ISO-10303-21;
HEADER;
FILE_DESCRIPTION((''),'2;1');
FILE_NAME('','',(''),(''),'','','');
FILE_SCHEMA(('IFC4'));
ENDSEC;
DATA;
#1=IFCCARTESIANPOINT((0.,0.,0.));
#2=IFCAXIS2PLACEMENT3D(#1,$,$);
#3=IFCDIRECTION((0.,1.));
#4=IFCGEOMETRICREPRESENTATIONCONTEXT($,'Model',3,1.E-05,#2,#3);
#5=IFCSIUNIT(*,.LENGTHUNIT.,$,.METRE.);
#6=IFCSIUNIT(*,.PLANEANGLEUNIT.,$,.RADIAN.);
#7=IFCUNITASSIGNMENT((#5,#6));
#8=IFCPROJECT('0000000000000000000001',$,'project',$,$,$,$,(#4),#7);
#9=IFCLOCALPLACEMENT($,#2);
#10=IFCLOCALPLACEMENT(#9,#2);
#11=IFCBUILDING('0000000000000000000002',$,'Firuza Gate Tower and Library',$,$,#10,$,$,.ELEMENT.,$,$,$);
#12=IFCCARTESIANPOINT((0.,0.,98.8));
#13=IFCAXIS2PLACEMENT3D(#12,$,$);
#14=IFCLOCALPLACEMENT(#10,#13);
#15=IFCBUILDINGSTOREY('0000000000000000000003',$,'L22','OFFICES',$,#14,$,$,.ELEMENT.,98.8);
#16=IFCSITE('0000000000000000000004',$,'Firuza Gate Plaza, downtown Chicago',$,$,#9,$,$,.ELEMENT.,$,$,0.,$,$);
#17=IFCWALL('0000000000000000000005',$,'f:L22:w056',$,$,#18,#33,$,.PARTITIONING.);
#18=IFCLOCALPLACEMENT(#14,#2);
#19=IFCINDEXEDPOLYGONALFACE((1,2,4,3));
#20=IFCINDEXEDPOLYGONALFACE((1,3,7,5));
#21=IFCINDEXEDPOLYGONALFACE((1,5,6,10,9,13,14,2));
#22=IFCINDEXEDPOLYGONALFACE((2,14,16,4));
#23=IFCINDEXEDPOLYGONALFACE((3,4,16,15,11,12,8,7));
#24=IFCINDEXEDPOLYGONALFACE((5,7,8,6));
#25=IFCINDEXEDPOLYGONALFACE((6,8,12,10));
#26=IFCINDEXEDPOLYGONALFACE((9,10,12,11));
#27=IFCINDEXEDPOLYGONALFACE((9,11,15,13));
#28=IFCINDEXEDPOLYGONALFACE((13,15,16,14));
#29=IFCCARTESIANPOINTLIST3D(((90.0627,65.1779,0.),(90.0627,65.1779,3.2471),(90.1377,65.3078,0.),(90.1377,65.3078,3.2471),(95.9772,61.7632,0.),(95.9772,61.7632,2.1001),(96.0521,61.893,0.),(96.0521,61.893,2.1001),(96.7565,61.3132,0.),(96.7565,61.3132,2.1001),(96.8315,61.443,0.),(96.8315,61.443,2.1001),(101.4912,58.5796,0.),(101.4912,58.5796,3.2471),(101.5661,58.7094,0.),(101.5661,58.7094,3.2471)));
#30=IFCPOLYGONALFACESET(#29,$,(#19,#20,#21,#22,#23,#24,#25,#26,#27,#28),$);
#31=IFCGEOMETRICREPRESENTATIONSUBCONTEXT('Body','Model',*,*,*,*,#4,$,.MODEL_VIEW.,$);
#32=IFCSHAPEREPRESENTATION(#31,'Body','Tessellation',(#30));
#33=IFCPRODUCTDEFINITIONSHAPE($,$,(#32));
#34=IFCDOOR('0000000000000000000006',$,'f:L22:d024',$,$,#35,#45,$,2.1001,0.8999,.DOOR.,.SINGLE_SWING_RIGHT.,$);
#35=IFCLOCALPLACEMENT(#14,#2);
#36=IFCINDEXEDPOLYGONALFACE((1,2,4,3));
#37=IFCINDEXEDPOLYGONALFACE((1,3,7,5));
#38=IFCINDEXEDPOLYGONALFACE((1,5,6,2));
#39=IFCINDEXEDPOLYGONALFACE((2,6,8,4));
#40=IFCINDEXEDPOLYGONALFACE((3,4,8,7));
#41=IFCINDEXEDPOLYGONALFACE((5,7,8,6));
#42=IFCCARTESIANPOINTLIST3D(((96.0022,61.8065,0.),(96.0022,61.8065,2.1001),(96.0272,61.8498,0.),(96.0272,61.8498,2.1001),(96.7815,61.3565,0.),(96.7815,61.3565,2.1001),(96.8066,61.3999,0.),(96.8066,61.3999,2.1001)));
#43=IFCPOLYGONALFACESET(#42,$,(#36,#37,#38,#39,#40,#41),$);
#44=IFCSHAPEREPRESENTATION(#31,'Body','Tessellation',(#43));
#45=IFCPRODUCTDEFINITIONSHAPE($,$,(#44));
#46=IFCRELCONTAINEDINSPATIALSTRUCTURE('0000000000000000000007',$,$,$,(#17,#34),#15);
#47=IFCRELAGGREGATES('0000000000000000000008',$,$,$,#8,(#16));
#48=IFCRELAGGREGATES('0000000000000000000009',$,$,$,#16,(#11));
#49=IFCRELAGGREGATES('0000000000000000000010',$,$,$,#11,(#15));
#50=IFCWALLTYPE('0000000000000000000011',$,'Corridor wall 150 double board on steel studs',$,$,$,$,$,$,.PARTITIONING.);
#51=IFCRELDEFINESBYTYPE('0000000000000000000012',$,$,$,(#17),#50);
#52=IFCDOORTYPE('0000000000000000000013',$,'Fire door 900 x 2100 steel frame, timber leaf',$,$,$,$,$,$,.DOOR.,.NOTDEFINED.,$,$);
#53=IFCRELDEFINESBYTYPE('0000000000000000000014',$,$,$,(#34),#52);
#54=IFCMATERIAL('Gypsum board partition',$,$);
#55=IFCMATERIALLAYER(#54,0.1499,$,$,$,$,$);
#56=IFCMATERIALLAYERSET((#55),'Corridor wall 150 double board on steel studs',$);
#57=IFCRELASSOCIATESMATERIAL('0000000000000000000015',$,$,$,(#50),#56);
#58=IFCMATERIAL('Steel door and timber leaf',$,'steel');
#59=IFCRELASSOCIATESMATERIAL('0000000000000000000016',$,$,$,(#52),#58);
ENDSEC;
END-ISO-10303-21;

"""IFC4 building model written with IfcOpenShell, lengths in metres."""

from ifc_helpers import new_model, si_unit, direction, frame, frame_2d, origin, place, context, subcontext, project, spatial, rectangle, extrude, material, layer, layer_set, type_object, element, fill, save


model = new_model("IFC4")

# Units and contexts
model_context = context("Model", 3, precision=1e-05, world=origin(), true_north=direction((0.0, 1.0)))
body_context = subcontext(model_context, "Body", "Model", "MODEL_VIEW")
ifc_project = project(units=[si_unit("LENGTHUNIT", "METRE"), si_unit("PLANEANGLEUNIT", "RADIAN")], contexts=[model_context])

# Site, building, storey
site_placement = place(None, origin())
site = spatial("IfcSite", under=ifc_project, at=site_placement, Name="Firuza Gate Plaza, downtown Chicago", CompositionType="ELEMENT", RefElevation=0.0)
building_placement = place(site_placement, origin())
building = spatial("IfcBuilding", under=site, at=building_placement, Name="Firuza Gate Tower and Library", CompositionType="ELEMENT")
storey_placement = place(building_placement, frame((0.0, 0.0, 98.8)))
storey = spatial("IfcBuildingStorey", under=building, at=storey_placement, Name="L22", Description="OFFICES", CompositionType="ELEMENT", Elevation=98.8)

# Wall, opening, door
ifc_material_1 = material(Name="Gypsum board partition")
ifc_layer_1 = layer(ifc_material_1, 0.1499)
ifc_layer_set_1 = layer_set([ifc_layer_1], Name="Corridor wall 150 double board on steel studs")
wall_type = type_object("IfcWallType", Name="Corridor wall 150 double board on steel studs", PredefinedType="PARTITIONING", material=ifc_layer_set_1)
wall_placement = place(storey_placement, frame((101.5286, 58.6445, 0.0), z_axis=(0.0, 0.0, 1.0), x_axis=(-0.86602, 0.500009, 0.0)))
wall = element("IfcWall", 1, at=wall_placement, inside=storey, type_object=wall_type, Name="f:L22:w056", PredefinedType="PARTITIONING", context=body_context, shape_type="SweptSolid", body=[
    extrude(rectangle(XDim=13.1965, YDim=0.1499, at=frame_2d((6.5981, 0.0))), origin(), (0.0, 0.0, 1.0), 3.2471),
])
opening_placement = place(wall_placement, frame((5.467, 0.0, 0.0)))
opening = element("IfcOpeningElement", 2, at=opening_placement, cuts=wall, PredefinedType="OPENING", context=body_context, shape_type="SweptSolid", body=[
    extrude(rectangle(XDim=0.8999, YDim=2.1001, at=frame_2d((0.45, 1.05))), frame((0.0, 0.085, 0.0), z_axis=(0.0, -1.0, 0.0), x_axis=(1.0, 0.0, 0.0)), (0.0, 0.0, 1.0), 0.1699),
])
ifc_material_2 = material(Name="Steel door and timber leaf", Category="steel")
door_type = type_object("IfcDoorType", Name="Fire door 900 x 2100 steel frame, timber leaf", OperationType="NOTDEFINED", PredefinedType="DOOR", material=ifc_material_2)
door_placement = place(opening_placement, origin())
door = element("IfcDoor", 3, at=door_placement, inside=storey, type_object=door_type, Name="f:L22:d024", OperationType="SINGLE_SWING_RIGHT", OverallHeight=2.1001, OverallWidth=0.8999, PredefinedType="DOOR", context=body_context, shape_type="SweptSolid", body=[
    extrude(rectangle(XDim=0.8999, YDim=2.1001, at=frame_2d((0.45, 1.05))), frame((0.0, 0.0249, 0.0), z_axis=(0.0, -1.0, 0.0), x_axis=(1.0, 0.0, 0.0)), (0.0, 0.0, 1.0), 0.05),
])
fill(opening, door)

save(model, "model.ifc")
